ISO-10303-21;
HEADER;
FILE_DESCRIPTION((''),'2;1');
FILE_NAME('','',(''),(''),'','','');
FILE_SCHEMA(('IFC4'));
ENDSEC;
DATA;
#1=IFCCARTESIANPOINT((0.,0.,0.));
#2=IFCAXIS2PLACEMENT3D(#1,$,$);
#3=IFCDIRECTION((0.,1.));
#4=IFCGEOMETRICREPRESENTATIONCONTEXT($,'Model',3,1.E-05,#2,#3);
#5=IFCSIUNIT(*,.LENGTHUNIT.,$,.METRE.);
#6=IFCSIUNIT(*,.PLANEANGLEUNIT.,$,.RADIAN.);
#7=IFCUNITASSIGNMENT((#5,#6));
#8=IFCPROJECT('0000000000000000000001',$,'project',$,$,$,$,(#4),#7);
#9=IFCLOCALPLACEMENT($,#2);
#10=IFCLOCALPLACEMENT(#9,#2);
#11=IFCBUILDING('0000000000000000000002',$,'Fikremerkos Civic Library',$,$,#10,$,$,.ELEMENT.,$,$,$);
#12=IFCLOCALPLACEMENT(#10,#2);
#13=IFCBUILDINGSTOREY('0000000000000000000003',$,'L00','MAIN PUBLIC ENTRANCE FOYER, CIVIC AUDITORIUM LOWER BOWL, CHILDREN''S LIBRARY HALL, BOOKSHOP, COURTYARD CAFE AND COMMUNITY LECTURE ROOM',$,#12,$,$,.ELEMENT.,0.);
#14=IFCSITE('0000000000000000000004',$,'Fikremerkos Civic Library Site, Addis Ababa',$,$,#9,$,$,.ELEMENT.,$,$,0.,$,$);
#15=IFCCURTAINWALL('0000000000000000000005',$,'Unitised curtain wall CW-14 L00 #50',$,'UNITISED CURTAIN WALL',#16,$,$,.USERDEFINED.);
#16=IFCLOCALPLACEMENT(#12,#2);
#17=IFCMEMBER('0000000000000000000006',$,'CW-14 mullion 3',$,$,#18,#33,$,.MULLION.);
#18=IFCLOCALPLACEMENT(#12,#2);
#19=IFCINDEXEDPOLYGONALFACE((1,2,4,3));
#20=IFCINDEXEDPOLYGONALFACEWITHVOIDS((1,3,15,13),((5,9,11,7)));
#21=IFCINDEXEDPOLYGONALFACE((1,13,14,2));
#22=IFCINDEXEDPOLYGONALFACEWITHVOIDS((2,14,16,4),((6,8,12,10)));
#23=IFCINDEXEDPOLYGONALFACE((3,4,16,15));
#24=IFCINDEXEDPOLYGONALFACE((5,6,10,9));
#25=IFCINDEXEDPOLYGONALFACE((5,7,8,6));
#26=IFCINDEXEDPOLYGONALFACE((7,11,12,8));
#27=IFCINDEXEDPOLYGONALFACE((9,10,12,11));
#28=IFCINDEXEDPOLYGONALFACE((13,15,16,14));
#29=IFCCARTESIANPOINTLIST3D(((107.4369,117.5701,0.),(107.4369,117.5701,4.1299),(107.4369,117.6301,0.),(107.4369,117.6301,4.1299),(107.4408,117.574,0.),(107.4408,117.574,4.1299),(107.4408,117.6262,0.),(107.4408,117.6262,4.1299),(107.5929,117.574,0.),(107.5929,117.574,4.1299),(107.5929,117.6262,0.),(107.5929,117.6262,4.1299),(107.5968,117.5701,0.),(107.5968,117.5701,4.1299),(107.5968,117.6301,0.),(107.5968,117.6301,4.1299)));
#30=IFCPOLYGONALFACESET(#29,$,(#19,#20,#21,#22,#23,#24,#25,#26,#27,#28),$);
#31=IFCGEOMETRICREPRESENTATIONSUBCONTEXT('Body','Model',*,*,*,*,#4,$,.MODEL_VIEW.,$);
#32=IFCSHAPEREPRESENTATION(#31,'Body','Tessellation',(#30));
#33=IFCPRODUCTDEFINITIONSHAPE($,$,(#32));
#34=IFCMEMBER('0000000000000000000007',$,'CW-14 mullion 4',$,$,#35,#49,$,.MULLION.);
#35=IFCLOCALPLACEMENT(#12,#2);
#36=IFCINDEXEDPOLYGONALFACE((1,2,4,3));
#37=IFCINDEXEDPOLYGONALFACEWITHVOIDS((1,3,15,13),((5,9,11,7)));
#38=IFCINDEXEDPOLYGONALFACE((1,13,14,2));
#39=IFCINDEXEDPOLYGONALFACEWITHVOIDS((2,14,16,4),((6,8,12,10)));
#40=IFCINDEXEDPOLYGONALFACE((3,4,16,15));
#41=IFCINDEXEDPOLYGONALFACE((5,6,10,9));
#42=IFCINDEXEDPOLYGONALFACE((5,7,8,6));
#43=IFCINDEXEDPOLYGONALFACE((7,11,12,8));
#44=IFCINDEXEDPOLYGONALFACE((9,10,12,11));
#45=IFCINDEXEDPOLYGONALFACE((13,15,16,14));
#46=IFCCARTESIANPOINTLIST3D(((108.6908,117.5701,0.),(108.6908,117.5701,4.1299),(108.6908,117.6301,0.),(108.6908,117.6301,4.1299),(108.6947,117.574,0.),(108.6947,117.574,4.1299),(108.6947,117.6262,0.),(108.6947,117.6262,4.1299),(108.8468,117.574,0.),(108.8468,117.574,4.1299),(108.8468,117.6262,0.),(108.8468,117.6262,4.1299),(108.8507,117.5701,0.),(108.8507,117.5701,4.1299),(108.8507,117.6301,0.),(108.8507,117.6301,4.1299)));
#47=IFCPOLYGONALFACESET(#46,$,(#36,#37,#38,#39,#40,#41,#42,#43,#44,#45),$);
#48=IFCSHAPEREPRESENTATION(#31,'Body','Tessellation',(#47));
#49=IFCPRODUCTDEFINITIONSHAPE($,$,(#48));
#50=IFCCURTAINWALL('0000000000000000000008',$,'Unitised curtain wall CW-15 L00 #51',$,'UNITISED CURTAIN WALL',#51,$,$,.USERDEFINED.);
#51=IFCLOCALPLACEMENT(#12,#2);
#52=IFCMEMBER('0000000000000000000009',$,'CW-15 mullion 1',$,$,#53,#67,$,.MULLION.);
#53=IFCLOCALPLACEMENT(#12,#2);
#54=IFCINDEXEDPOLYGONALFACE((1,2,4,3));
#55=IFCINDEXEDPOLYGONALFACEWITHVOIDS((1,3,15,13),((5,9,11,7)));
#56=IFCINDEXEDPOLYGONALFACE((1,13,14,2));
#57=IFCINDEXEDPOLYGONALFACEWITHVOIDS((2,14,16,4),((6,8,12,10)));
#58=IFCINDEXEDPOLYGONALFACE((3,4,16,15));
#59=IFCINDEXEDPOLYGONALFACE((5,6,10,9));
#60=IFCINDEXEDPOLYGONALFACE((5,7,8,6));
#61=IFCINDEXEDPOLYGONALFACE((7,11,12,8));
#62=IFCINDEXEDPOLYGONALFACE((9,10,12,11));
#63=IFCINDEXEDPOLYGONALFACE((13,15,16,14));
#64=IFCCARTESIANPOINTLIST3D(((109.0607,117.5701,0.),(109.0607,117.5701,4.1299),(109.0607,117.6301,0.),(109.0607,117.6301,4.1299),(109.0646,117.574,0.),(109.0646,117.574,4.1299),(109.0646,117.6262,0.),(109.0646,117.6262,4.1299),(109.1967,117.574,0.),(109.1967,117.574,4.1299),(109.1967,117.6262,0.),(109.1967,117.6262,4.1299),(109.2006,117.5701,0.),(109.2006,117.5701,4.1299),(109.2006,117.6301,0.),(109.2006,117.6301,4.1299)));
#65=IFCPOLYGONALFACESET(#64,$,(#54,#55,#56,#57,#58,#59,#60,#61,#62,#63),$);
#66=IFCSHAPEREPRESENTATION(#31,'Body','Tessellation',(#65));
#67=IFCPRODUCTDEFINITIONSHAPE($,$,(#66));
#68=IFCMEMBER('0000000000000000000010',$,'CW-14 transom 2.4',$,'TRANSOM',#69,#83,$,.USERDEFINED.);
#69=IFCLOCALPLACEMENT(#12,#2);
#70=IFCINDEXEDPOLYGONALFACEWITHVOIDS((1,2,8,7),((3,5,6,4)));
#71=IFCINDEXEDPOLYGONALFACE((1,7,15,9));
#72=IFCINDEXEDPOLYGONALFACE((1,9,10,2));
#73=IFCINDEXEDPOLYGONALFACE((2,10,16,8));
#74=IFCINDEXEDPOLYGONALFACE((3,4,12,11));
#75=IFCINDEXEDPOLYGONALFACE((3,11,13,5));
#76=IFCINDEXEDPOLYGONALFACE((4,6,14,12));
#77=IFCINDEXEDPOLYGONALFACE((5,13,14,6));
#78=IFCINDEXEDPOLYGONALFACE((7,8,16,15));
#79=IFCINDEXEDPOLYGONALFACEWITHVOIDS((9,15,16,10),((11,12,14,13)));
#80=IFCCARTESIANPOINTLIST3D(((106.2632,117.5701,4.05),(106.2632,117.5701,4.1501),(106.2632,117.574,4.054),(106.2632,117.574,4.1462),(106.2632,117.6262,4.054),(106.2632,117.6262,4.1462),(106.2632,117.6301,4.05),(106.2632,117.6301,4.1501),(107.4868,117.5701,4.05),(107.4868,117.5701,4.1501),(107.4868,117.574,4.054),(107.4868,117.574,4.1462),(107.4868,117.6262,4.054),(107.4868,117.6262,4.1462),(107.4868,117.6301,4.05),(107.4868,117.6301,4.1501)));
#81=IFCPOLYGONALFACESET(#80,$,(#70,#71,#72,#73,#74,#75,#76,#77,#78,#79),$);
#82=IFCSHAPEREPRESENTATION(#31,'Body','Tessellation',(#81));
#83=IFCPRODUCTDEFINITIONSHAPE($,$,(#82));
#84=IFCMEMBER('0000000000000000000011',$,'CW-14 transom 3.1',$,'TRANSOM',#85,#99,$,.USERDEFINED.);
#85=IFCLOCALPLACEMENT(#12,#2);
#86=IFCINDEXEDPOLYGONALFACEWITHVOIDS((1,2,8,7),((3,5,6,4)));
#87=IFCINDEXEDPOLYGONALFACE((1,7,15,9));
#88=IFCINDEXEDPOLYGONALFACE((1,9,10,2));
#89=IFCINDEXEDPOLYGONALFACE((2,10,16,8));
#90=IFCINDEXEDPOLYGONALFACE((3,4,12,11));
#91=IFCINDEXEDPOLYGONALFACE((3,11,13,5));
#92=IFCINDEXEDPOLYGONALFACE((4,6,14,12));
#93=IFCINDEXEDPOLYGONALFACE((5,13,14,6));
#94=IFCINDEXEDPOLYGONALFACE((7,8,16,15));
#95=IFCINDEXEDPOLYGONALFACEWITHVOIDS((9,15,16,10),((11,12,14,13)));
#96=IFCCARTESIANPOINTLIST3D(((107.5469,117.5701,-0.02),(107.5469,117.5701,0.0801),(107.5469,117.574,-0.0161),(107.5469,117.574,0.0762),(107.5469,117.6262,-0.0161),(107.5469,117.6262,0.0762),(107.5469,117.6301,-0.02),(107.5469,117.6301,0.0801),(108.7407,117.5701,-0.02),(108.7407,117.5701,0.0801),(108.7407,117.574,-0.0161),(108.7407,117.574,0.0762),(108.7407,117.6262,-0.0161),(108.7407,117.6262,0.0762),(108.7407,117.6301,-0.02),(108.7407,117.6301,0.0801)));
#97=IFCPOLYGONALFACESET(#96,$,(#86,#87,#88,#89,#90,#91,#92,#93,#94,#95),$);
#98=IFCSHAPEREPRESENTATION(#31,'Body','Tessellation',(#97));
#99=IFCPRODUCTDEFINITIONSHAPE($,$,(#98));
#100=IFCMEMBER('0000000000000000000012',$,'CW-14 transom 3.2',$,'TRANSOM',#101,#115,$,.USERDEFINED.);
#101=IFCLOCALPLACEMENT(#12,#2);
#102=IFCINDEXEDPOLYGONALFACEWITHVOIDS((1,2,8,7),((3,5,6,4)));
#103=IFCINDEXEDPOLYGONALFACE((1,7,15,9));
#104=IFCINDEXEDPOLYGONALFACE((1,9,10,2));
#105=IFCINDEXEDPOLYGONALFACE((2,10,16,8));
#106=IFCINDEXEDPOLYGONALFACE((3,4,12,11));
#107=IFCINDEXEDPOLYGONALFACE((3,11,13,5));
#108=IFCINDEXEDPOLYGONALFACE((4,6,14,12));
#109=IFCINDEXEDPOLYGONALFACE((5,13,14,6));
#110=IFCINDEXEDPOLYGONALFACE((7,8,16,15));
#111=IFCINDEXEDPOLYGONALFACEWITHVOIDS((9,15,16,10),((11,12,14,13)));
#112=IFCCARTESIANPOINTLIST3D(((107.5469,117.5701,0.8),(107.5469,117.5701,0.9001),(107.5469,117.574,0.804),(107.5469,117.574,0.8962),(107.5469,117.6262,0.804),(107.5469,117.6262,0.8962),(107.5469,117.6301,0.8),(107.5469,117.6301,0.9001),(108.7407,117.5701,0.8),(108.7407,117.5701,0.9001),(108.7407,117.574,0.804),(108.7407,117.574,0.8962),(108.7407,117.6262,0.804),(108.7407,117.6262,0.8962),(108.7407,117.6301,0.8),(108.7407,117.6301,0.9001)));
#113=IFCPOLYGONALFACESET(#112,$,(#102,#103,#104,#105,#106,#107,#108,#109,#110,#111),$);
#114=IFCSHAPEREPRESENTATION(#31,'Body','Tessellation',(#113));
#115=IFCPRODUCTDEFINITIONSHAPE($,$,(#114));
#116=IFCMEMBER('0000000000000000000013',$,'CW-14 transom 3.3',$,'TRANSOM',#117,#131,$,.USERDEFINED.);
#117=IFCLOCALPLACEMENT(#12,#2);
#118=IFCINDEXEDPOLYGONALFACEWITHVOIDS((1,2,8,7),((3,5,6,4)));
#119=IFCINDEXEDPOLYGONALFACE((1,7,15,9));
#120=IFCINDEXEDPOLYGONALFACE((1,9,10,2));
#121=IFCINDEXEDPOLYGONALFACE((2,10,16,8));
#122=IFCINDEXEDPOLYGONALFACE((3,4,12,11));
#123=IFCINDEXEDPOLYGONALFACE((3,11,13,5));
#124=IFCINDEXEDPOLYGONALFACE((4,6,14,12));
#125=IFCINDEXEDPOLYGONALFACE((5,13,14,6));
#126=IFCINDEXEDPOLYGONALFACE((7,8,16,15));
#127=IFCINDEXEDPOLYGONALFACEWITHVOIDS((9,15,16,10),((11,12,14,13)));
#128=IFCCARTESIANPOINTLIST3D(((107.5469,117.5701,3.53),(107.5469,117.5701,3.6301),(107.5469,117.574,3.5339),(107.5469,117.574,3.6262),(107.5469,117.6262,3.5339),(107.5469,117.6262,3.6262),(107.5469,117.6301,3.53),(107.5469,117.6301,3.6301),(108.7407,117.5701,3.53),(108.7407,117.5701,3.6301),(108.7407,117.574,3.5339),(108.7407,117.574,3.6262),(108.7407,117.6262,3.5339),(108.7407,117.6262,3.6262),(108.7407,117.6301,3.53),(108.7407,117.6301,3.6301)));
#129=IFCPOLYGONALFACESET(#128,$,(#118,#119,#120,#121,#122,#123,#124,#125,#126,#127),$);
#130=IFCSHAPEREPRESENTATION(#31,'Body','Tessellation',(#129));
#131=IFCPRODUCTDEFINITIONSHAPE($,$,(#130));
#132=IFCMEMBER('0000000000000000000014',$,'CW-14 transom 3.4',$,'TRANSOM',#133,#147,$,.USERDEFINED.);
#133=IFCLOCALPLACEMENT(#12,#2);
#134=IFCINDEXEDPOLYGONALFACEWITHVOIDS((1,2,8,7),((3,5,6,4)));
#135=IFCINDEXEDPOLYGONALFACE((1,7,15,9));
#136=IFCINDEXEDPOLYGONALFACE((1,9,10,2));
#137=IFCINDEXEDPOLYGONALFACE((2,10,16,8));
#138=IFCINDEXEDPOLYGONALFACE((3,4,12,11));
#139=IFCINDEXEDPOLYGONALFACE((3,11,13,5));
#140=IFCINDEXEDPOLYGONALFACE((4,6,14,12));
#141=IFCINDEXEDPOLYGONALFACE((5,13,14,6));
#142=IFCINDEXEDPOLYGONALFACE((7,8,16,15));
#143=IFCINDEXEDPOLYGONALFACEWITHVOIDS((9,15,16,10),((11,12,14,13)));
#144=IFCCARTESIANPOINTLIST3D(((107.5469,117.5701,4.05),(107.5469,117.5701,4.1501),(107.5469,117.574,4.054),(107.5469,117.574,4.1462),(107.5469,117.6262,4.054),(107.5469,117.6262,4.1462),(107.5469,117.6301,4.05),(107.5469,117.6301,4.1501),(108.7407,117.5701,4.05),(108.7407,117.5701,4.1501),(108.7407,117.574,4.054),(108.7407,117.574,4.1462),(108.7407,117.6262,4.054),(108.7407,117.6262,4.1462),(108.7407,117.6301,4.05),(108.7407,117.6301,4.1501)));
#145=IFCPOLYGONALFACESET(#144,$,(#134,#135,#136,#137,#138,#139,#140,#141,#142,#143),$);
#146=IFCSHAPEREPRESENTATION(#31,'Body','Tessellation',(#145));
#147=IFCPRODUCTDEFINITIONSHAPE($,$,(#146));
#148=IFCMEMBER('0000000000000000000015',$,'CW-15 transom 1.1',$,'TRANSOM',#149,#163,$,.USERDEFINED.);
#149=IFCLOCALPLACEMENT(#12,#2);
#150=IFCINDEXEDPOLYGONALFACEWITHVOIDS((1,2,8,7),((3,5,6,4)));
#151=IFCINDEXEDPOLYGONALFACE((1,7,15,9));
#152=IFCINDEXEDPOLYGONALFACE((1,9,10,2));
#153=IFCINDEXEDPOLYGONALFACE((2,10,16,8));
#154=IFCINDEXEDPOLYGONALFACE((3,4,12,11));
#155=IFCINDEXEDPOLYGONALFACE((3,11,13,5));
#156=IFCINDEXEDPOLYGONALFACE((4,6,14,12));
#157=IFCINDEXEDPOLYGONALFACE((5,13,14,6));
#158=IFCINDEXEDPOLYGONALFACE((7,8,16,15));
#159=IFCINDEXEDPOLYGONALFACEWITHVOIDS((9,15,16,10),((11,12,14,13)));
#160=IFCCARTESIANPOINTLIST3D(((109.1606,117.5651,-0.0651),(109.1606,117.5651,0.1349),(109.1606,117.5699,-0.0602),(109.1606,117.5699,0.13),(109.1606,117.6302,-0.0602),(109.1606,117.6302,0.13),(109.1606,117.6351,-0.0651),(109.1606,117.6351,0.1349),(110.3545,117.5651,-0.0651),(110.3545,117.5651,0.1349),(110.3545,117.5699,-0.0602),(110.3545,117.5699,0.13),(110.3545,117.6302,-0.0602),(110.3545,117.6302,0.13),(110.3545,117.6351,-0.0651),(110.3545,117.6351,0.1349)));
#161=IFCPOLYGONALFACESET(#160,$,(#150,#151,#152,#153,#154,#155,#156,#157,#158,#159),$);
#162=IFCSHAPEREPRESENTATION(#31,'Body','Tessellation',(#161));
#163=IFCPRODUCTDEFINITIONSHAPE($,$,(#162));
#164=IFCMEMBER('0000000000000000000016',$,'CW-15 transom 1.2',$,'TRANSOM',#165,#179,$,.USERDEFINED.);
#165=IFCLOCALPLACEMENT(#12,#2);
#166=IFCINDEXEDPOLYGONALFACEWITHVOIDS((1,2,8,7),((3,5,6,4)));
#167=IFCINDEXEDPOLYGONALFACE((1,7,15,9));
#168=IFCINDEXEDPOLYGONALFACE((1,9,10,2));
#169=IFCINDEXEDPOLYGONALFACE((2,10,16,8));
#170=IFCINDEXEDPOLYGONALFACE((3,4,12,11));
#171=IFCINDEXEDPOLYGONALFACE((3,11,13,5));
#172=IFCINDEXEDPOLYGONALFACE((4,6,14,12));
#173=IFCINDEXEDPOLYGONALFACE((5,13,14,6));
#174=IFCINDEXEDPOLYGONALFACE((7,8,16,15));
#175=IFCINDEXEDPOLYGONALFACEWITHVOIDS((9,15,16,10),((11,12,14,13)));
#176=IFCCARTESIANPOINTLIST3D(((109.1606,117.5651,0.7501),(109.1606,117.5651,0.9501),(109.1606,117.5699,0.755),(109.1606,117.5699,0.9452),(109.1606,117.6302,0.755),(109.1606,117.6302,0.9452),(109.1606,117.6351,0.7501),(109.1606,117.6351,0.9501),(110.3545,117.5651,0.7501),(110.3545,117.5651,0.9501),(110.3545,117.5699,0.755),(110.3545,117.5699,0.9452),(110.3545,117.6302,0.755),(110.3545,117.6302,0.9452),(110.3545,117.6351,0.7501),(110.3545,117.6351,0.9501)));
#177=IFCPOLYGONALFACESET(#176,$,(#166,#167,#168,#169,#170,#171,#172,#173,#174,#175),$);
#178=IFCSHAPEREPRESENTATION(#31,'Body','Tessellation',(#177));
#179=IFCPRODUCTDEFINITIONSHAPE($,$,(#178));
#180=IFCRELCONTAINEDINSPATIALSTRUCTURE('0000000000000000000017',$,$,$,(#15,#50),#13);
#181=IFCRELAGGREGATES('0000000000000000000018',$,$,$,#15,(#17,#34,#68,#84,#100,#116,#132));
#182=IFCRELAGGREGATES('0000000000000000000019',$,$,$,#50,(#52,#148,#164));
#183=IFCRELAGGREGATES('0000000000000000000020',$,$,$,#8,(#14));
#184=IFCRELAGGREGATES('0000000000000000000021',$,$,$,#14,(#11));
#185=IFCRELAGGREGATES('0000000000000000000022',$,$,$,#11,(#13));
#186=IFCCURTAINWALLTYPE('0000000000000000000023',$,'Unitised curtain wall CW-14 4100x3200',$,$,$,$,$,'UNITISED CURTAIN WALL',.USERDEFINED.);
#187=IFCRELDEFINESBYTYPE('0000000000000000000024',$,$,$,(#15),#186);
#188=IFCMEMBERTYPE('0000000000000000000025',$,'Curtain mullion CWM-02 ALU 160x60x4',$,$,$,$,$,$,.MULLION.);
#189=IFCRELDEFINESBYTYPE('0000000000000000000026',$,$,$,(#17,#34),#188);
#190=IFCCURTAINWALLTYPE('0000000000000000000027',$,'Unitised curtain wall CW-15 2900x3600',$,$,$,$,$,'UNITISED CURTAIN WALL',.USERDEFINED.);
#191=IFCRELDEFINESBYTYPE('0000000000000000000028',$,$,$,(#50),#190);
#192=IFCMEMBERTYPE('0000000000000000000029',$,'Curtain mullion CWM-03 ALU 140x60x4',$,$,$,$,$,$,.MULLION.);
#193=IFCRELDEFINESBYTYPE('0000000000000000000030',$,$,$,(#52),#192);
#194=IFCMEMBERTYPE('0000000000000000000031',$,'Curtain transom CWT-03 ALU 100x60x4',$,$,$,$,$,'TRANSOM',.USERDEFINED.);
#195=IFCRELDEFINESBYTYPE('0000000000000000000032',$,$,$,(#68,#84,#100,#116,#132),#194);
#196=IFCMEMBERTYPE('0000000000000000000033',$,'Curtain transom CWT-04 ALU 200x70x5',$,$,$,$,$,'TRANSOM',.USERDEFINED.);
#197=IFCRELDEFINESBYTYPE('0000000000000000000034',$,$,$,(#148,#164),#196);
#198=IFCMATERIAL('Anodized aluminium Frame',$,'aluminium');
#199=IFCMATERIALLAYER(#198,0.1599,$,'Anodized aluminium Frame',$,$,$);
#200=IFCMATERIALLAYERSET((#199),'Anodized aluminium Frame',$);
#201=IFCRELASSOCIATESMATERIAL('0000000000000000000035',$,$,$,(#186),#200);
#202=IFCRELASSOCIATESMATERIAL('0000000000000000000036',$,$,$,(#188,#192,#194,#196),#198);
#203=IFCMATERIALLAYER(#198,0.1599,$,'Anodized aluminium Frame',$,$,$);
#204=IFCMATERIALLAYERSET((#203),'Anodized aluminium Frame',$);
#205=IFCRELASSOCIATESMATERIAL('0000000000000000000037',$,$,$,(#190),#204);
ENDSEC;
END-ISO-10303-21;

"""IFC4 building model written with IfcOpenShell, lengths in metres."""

from ifc_helpers import new_model, si_unit, direction, frame, origin, origin_2d, place, context, subcontext, project, spatial, hollow_rectangle, extrude, material, layer, layer_set, material_profile, profile_set, type_object, element, aggregate, save


model = new_model("IFC4")

# Units and contexts
model_context = context("Model", 3, precision=1e-05, world=origin(), true_north=direction((0.0, 1.0)))
body_context = subcontext(model_context, "Body", "Model", "MODEL_VIEW")
ifc_project = project(units=[si_unit("LENGTHUNIT", "METRE"), si_unit("PLANEANGLEUNIT", "RADIAN")], contexts=[model_context])

# Site, building, storey
site_placement = place(None, origin())
site = spatial("IfcSite", under=ifc_project, at=site_placement, Name="Fikremerkos Civic Library Site, Addis Ababa", CompositionType="ELEMENT", RefElevation=0.0)
building_placement = place(site_placement, origin())
building = spatial("IfcBuilding", under=site, at=building_placement, Name="Fikremerkos Civic Library", CompositionType="ELEMENT")
storey_placement = place(building_placement, origin())
storey = spatial("IfcBuildingStorey", under=building, at=storey_placement, Name="L00", Description="MAIN PUBLIC ENTRANCE FOYER, CIVIC AUDITORIUM LOWER BOWL, CHILDREN'S LIBRARY HALL, BOOKSHOP, COURTYARD CAFE AND COMMUNITY LECTURE ROOM", CompositionType="ELEMENT", Elevation=0.0)

# Curtain wall, members
ifc_material_1 = material(Name="Anodized aluminium Frame", Category="aluminium")
ifc_layer_1 = layer(ifc_material_1, 0.1599, Name="Anodized aluminium Frame")
ifc_layer_set_1 = layer_set([ifc_layer_1], Name="Anodized aluminium Frame")
curtain_wall_type_1 = type_object("IfcCurtainWallType", Name="Unitised curtain wall CW-14 4100x3200", ElementType="UNITISED CURTAIN WALL", PredefinedType="USERDEFINED", material=ifc_layer_set_1)
curtain_wall_1_placement = place(storey_placement, origin())
curtain_wall_1 = element("IfcCurtainWall", 1, at=curtain_wall_1_placement, inside=storey, type_object=curtain_wall_type_1, Name="Unitised curtain wall CW-14 L00 #50", ObjectType="UNITISED CURTAIN WALL", PredefinedType="USERDEFINED")
ifc_material_profile_1 = material_profile(ifc_material_1, hollow_rectangle(XDim=0.0601, YDim=0.1599, WallThickness=0.0039, at=origin_2d()), Name="ALU 160x60x4")
ifc_profile_set_1 = profile_set([ifc_material_profile_1], Name="Anodized aluminium Frame")
member_type_1 = type_object("IfcMemberType", Name="Curtain mullion CWM-02 ALU 160x60x4", PredefinedType="MULLION", material=ifc_profile_set_1)
member_1_placement = place(storey_placement, frame((107.5168, 117.6001, 0.0), z_axis=(0.0, 0.0, 1.0), x_axis=(0.0, 1.0, 0.0)))
member_1 = element("IfcMember", 2, at=member_1_placement, type_object=member_type_1, Name="CW-14 mullion 3", PredefinedType="MULLION", context=body_context, shape_type="SweptSolid", body=[
    extrude(hollow_rectangle(XDim=0.0601, YDim=0.1599, WallThickness=0.0039, at=origin_2d()), origin(), (0.0, 0.0, 1.0), 4.1299),
])
member_2_placement = place(storey_placement, frame((108.7708, 117.6001, 0.0), z_axis=(0.0, 0.0, 1.0), x_axis=(0.0, 1.0, 0.0)))
member_2 = element("IfcMember", 3, at=member_2_placement, type_object=member_type_1, Name="CW-14 mullion 4", PredefinedType="MULLION", context=body_context, shape_type="SweptSolid", body=[
    extrude(hollow_rectangle(XDim=0.0601, YDim=0.1599, WallThickness=0.0039, at=origin_2d()), origin(), (0.0, 0.0, 1.0), 4.1299),
])

# Curtain wall, member
ifc_layer_2 = layer(ifc_material_1, 0.1599, Name="Anodized aluminium Frame")
ifc_layer_set_2 = layer_set([ifc_layer_2], Name="Anodized aluminium Frame")
curtain_wall_type_2 = type_object("IfcCurtainWallType", Name="Unitised curtain wall CW-15 2900x3600", ElementType="UNITISED CURTAIN WALL", PredefinedType="USERDEFINED", material=ifc_layer_set_2)
curtain_wall_2_placement = place(storey_placement, origin())
curtain_wall_2 = element("IfcCurtainWall", 4, at=curtain_wall_2_placement, inside=storey, type_object=curtain_wall_type_2, Name="Unitised curtain wall CW-15 L00 #51", ObjectType="UNITISED CURTAIN WALL", PredefinedType="USERDEFINED")
ifc_material_profile_2 = material_profile(ifc_material_1, hollow_rectangle(XDim=0.0601, YDim=0.1399, WallThickness=0.0039, at=origin_2d()), Name="ALU 140x60x4")
ifc_profile_set_2 = profile_set([ifc_material_profile_2], Name="Anodized aluminium Frame")
member_type_2 = type_object("IfcMemberType", Name="Curtain mullion CWM-03 ALU 140x60x4", PredefinedType="MULLION", material=ifc_profile_set_2)
member_3_placement = place(storey_placement, frame((109.1306, 117.6001, 0.0), z_axis=(0.0, 0.0, 1.0), x_axis=(0.0, 1.0, 0.0)))
member_3 = element("IfcMember", 5, at=member_3_placement, type_object=member_type_2, Name="CW-15 mullion 1", PredefinedType="MULLION", context=body_context, shape_type="SweptSolid", body=[
    extrude(hollow_rectangle(XDim=0.0601, YDim=0.1399, WallThickness=0.0039, at=origin_2d()), origin(), (0.0, 0.0, 1.0), 4.1299),
])

# Members
ifc_material_profile_3 = material_profile(ifc_material_1, hollow_rectangle(XDim=0.0601, YDim=0.1001, WallThickness=0.0039, at=origin_2d()), Name="ALU 100x60x4")
ifc_profile_set_3 = profile_set([ifc_material_profile_3], Name="Anodized aluminium Frame")
member_type_3 = type_object("IfcMemberType", Name="Curtain transom CWT-03 ALU 100x60x4", ElementType="TRANSOM", PredefinedType="USERDEFINED", material=ifc_profile_set_3)
member_4_placement = place(storey_placement, frame((106.2632, 117.6001, 4.1001), z_axis=(1.0, 0.0, 0.0), x_axis=(0.0, 1.0, 0.0)))
member_4 = element("IfcMember", 6, at=member_4_placement, type_object=member_type_3, Name="CW-14 transom 2.4", ObjectType="TRANSOM", PredefinedType="USERDEFINED", context=body_context, shape_type="SweptSolid", body=[
    extrude(hollow_rectangle(XDim=0.0601, YDim=0.1001, WallThickness=0.0039, at=origin_2d()), origin(), (0.0, 0.0, 1.0), 1.2236),
])
member_5_placement = place(storey_placement, frame((107.5469, 117.6001, 0.03), z_axis=(1.0, 0.0, 0.0), x_axis=(0.0, 1.0, 0.0)))
member_5 = element("IfcMember", 7, at=member_5_placement, type_object=member_type_3, Name="CW-14 transom 3.1", ObjectType="TRANSOM", PredefinedType="USERDEFINED", context=body_context, shape_type="SweptSolid", body=[
    extrude(hollow_rectangle(XDim=0.0601, YDim=0.1001, WallThickness=0.0039, at=origin_2d()), origin(), (0.0, 0.0, 1.0), 1.1938),
])
member_6_placement = place(storey_placement, frame((107.5469, 117.6001, 0.8501), z_axis=(1.0, 0.0, 0.0), x_axis=(0.0, 1.0, 0.0)))
member_6 = element("IfcMember", 8, at=member_6_placement, type_object=member_type_3, Name="CW-14 transom 3.2", ObjectType="TRANSOM", PredefinedType="USERDEFINED", context=body_context, shape_type="SweptSolid", body=[
    extrude(hollow_rectangle(XDim=0.0601, YDim=0.1001, WallThickness=0.0039, at=origin_2d()), origin(), (0.0, 0.0, 1.0), 1.1938),
])
member_7_placement = place(storey_placement, frame((107.5469, 117.6001, 3.5801), z_axis=(1.0, 0.0, 0.0), x_axis=(0.0, 1.0, 0.0)))
member_7 = element("IfcMember", 9, at=member_7_placement, type_object=member_type_3, Name="CW-14 transom 3.3", ObjectType="TRANSOM", PredefinedType="USERDEFINED", context=body_context, shape_type="SweptSolid", body=[
    extrude(hollow_rectangle(XDim=0.0601, YDim=0.1001, WallThickness=0.0039, at=origin_2d()), origin(), (0.0, 0.0, 1.0), 1.1938),
])
member_8_placement = place(storey_placement, frame((107.5469, 117.6001, 4.1001), z_axis=(1.0, 0.0, 0.0), x_axis=(0.0, 1.0, 0.0)))
member_8 = element("IfcMember", 10, at=member_8_placement, type_object=member_type_3, Name="CW-14 transom 3.4", ObjectType="TRANSOM", PredefinedType="USERDEFINED", context=body_context, shape_type="SweptSolid", body=[
    extrude(hollow_rectangle(XDim=0.0601, YDim=0.1001, WallThickness=0.0039, at=origin_2d()), origin(), (0.0, 0.0, 1.0), 1.1938),
])
ifc_material_profile_4 = material_profile(ifc_material_1, hollow_rectangle(XDim=0.0701, YDim=0.2, WallThickness=0.0049, at=origin_2d()), Name="ALU 200x70x5")
ifc_profile_set_4 = profile_set([ifc_material_profile_4], Name="Anodized aluminium Frame")
member_type_4 = type_object("IfcMemberType", Name="Curtain transom CWT-04 ALU 200x70x5", ElementType="TRANSOM", PredefinedType="USERDEFINED", material=ifc_profile_set_4)
member_9_placement = place(storey_placement, frame((109.1606, 117.6001, 0.0349), z_axis=(1.0, 0.0, 0.0), x_axis=(0.0, 1.0, 0.0)))
member_9 = element("IfcMember", 11, at=member_9_placement, type_object=member_type_4, Name="CW-15 transom 1.1", ObjectType="TRANSOM", PredefinedType="USERDEFINED", context=body_context, shape_type="SweptSolid", body=[
    extrude(hollow_rectangle(XDim=0.0701, YDim=0.2, WallThickness=0.0049, at=origin_2d()), origin(), (0.0, 0.0, 1.0), 1.1938),
])
member_10_placement = place(storey_placement, frame((109.1606, 117.6001, 0.8501), z_axis=(1.0, 0.0, 0.0), x_axis=(0.0, 1.0, 0.0)))
member_10 = element("IfcMember", 12, at=member_10_placement, type_object=member_type_4, Name="CW-15 transom 1.2", ObjectType="TRANSOM", PredefinedType="USERDEFINED", context=body_context, shape_type="SweptSolid", body=[
    extrude(hollow_rectangle(XDim=0.0701, YDim=0.2, WallThickness=0.0049, at=origin_2d()), origin(), (0.0, 0.0, 1.0), 1.1938),
])

aggregate(curtain_wall_1, [member_1, member_2, member_4, member_5, member_6, member_7, member_8])
aggregate(curtain_wall_2, [member_3, member_9, member_10])

save(model, "model.ifc")
